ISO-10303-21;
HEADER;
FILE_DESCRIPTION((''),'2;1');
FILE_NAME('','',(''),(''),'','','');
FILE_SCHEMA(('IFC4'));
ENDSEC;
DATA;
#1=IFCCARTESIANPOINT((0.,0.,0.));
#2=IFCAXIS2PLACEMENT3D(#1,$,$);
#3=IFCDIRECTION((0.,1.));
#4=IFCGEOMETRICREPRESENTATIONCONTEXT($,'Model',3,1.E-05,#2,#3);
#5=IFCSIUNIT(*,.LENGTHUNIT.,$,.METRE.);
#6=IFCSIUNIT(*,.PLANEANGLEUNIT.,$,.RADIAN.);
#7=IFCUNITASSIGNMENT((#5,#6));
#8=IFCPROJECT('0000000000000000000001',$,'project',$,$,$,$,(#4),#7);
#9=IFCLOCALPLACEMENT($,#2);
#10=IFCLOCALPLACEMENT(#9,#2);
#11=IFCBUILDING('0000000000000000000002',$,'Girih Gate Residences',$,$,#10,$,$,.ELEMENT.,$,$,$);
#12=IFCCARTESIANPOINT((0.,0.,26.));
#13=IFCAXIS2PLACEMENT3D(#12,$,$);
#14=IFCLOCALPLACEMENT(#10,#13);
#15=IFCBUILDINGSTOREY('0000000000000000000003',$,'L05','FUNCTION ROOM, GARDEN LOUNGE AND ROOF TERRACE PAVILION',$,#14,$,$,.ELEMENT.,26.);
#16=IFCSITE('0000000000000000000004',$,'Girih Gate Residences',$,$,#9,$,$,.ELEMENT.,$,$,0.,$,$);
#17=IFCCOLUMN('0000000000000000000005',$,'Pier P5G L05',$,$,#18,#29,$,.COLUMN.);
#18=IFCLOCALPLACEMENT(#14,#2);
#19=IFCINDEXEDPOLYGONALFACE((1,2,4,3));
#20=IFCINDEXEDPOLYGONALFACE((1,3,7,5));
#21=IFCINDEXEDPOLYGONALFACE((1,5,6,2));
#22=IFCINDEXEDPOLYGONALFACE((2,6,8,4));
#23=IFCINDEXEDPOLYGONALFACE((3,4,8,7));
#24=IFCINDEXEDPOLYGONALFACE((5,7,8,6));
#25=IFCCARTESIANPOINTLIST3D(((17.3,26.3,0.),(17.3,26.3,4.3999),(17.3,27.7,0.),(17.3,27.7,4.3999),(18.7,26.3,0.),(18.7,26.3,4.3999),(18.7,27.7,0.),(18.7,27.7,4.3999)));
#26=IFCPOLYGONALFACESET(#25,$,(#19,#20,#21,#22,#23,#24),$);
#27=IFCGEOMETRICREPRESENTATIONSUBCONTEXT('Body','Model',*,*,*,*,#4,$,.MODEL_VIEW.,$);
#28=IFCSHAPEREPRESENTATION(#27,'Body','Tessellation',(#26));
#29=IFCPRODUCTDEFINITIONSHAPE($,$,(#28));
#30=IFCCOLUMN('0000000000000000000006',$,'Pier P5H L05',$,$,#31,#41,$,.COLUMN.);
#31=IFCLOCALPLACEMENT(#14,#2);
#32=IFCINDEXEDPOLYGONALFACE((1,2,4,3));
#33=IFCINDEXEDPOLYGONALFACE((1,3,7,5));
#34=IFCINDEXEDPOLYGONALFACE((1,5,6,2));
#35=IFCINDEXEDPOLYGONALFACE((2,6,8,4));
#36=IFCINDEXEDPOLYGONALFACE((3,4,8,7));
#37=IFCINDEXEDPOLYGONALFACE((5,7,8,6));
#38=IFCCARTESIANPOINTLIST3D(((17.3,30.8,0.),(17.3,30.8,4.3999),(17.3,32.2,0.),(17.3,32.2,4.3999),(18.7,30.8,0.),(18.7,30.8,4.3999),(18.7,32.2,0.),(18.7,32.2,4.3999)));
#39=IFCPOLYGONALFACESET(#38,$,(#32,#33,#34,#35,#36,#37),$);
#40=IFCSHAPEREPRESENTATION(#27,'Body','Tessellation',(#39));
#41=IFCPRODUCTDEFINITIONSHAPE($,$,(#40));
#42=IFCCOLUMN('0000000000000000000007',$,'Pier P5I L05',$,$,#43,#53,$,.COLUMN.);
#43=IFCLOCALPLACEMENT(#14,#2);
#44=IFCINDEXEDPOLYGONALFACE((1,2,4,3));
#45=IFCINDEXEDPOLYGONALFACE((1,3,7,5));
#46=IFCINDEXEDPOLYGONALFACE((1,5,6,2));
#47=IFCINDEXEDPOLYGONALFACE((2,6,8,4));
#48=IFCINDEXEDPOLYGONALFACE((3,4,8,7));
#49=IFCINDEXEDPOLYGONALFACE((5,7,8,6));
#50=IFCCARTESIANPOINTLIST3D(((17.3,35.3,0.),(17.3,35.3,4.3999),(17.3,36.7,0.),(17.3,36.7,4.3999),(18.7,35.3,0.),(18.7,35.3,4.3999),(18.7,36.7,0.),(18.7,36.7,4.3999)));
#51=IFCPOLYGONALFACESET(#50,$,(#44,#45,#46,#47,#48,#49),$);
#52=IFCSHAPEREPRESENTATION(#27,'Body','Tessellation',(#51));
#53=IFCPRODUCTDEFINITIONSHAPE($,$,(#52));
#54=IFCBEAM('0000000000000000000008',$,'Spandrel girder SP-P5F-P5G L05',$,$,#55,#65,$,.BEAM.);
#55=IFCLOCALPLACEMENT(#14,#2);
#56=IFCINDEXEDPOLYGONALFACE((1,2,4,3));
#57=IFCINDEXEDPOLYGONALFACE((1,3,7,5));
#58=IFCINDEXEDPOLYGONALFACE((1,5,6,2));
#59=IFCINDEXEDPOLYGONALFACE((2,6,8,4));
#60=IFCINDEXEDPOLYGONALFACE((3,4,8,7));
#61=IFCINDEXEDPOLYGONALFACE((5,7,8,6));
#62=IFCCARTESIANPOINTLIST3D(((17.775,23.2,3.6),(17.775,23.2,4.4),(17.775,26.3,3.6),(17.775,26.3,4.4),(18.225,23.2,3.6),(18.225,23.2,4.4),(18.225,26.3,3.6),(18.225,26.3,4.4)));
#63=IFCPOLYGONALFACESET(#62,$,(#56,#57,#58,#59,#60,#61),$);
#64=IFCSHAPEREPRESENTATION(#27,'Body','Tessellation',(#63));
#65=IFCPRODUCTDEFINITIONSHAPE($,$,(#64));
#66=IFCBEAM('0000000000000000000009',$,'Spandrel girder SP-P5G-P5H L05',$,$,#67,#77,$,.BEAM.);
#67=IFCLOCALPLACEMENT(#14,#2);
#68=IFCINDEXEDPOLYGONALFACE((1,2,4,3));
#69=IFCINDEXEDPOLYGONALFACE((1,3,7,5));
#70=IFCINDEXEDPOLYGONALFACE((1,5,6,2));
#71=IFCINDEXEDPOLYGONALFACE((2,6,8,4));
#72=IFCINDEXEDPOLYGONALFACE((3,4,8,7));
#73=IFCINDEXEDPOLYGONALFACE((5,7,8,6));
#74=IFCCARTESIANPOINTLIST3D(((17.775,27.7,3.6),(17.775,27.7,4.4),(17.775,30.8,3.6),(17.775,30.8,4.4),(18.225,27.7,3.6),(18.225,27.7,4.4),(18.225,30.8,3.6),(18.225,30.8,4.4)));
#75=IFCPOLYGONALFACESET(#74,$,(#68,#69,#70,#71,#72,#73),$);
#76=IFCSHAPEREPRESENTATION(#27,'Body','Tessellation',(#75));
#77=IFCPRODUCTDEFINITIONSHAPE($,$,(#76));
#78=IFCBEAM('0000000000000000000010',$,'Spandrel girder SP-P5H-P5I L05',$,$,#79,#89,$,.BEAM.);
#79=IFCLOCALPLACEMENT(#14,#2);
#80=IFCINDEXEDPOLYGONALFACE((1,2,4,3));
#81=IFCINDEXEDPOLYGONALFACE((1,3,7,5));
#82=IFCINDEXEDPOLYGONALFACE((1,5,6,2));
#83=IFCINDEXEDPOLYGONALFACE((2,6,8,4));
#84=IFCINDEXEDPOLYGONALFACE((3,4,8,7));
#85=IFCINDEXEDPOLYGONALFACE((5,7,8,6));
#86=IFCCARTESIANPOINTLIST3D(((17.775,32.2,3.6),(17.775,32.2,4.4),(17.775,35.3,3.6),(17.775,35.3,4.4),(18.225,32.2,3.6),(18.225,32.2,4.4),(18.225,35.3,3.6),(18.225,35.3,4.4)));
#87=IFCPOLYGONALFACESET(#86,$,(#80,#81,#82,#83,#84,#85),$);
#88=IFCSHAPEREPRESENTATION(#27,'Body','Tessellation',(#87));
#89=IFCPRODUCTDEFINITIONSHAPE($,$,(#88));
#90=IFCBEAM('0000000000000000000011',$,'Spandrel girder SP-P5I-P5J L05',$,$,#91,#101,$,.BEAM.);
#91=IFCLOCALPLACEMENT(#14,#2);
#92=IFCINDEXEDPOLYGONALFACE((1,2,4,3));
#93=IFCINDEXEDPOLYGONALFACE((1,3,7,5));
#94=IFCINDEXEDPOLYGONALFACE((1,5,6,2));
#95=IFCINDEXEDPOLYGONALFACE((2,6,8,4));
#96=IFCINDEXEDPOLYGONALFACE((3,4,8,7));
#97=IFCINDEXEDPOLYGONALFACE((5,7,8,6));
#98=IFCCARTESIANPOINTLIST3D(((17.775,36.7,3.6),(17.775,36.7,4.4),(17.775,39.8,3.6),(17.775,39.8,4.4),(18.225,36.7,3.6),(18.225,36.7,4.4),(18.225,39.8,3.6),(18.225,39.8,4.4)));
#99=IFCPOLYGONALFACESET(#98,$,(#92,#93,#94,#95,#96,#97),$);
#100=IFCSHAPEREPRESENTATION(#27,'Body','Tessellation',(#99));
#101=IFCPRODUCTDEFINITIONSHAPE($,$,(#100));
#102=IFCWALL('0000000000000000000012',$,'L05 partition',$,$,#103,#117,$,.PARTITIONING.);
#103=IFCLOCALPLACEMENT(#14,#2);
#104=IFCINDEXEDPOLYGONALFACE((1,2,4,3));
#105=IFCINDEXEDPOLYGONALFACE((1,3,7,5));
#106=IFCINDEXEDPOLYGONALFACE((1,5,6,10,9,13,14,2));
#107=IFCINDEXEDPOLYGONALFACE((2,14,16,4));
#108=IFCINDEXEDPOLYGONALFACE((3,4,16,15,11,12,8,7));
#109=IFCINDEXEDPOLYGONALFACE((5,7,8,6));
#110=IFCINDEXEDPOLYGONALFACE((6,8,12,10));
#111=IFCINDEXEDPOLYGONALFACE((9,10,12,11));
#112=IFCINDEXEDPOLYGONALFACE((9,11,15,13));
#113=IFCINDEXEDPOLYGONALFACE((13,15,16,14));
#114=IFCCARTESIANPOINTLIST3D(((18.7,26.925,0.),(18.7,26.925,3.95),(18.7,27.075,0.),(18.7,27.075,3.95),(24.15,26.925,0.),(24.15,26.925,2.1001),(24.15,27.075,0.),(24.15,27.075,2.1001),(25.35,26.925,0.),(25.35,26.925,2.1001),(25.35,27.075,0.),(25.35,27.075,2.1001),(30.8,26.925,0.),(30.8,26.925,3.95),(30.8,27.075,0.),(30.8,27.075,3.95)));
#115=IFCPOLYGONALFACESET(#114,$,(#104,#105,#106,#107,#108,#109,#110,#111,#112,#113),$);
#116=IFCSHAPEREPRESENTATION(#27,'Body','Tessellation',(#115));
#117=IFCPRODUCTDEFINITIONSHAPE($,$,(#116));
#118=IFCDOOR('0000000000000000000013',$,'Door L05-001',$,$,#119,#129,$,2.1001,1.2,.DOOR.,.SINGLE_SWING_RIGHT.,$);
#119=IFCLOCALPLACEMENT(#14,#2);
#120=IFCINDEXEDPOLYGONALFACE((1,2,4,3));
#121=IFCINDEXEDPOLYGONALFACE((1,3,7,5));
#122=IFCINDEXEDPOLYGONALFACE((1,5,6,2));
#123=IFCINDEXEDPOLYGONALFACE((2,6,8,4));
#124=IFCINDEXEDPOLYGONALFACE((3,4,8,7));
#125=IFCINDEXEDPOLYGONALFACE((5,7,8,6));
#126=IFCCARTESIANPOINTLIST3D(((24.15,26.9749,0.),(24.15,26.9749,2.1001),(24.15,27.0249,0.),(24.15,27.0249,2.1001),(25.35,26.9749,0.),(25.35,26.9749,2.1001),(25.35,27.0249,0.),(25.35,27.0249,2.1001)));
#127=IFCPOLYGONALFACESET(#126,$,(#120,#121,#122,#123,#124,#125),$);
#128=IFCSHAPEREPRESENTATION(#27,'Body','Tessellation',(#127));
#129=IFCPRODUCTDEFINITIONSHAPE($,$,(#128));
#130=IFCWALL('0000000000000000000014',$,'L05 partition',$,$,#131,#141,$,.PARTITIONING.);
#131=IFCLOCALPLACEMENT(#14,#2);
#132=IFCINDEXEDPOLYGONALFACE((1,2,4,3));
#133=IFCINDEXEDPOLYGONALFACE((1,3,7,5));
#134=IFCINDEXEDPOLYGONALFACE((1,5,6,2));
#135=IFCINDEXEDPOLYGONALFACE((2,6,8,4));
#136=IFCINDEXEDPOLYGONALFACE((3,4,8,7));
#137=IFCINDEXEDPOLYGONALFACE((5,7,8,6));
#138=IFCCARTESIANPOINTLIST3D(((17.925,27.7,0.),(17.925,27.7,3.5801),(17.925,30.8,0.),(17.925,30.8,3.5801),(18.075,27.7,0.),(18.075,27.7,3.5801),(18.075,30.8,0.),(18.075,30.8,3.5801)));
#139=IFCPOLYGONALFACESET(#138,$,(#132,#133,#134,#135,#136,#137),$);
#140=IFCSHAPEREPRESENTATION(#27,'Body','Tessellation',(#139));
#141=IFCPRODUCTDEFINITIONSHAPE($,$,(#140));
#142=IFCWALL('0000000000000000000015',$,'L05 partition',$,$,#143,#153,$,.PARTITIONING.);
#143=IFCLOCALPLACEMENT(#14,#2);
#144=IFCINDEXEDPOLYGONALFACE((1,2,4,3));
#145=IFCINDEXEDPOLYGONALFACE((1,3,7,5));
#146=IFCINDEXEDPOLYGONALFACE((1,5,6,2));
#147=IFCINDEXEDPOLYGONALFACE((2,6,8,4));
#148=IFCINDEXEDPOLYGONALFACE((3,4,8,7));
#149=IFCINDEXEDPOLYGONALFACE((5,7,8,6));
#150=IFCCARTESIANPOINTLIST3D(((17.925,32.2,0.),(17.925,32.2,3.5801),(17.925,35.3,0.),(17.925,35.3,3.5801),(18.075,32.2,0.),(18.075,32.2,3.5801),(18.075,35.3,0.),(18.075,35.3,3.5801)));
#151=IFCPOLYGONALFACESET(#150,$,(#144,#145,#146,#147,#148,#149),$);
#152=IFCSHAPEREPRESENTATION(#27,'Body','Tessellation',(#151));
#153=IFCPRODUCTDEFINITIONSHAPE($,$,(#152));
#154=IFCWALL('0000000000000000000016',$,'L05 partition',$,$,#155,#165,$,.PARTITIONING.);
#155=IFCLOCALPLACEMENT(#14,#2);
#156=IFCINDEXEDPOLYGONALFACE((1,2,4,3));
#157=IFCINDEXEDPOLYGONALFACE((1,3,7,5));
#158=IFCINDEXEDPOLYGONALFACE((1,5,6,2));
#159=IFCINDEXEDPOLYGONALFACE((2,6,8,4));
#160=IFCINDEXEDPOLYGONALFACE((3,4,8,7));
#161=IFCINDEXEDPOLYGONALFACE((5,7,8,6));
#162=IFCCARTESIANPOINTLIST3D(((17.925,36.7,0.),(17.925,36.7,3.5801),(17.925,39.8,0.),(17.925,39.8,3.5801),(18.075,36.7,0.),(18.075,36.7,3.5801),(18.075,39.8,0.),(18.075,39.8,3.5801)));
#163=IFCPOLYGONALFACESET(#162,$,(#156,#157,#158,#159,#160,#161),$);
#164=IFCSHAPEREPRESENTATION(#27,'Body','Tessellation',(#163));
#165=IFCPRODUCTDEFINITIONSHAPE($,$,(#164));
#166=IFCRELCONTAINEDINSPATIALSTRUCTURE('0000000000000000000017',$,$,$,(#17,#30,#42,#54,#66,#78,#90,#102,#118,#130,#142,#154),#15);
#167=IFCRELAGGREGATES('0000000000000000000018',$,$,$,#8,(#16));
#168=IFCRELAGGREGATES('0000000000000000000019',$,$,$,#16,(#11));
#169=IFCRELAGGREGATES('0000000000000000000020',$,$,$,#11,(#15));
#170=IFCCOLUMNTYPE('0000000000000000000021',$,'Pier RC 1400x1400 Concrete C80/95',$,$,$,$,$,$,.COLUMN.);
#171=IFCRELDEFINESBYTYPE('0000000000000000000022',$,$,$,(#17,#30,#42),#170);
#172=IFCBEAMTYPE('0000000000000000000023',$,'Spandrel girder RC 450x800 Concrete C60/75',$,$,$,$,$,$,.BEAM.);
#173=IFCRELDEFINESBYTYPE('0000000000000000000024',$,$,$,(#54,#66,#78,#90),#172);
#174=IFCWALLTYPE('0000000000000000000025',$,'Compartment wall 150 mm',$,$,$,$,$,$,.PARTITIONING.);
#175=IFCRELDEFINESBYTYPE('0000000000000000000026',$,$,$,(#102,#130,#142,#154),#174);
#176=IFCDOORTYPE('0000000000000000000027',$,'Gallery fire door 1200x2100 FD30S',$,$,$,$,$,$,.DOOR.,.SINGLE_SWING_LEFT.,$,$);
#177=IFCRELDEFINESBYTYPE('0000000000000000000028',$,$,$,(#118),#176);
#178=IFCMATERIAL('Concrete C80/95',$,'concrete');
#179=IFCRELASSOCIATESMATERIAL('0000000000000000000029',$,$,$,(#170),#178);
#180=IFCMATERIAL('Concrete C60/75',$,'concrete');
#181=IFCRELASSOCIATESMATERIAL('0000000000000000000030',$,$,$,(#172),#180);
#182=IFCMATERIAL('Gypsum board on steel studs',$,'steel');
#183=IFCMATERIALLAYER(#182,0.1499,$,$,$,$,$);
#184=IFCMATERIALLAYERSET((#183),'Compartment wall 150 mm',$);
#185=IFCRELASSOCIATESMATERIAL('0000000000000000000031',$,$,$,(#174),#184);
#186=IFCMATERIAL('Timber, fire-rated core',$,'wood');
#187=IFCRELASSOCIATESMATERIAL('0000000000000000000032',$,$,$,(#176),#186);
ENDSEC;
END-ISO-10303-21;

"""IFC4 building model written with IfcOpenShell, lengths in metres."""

from ifc_helpers import new_model, si_unit, direction, frame, frame_2d, origin, origin_2d, place, context, subcontext, project, spatial, rectangle, extrude, material, layer, layer_set, material_profile, profile_set, type_object, element, fill, save


model = new_model("IFC4")

# Units and contexts
model_context = context("Model", 3, precision=1e-05, world=origin(), true_north=direction((0.0, 1.0)))
body_context = subcontext(model_context, "Body", "Model", "MODEL_VIEW")
ifc_project = project(units=[si_unit("LENGTHUNIT", "METRE"), si_unit("PLANEANGLEUNIT", "RADIAN")], contexts=[model_context])

# Site, building, storey
site_placement = place(None, origin())
site = spatial("IfcSite", under=ifc_project, at=site_placement, Name="Girih Gate Residences", CompositionType="ELEMENT", RefElevation=0.0)
building_placement = place(site_placement, origin())
building = spatial("IfcBuilding", under=site, at=building_placement, Name="Girih Gate Residences", CompositionType="ELEMENT")
storey_placement = place(building_placement, frame((0.0, 0.0, 26.0)))
storey = spatial("IfcBuildingStorey", under=building, at=storey_placement, Name="L05", Description="FUNCTION ROOM, GARDEN LOUNGE AND ROOF TERRACE PAVILION", CompositionType="ELEMENT", Elevation=26.0)

# Columns
ifc_material_1 = material(Name="Concrete C80/95", Category="concrete")
ifc_material_profile_1 = material_profile(ifc_material_1, rectangle(XDim=1.3999, YDim=1.3999, at=origin_2d()))
ifc_profile_set_1 = profile_set([ifc_material_profile_1], Name="Concrete C80/95")
column_type = type_object("IfcColumnType", Name="Pier RC 1400x1400 Concrete C80/95", PredefinedType="COLUMN", material=ifc_profile_set_1)
for number, where, z_axis, x_axis, name in (
    (1, (18.0, 27.0, 0.0), (0.0, 0.0, 1.0), (1.0, 0.0, 0.0), "Pier P5G L05"),
    (2, (18.0, 31.5, 0.0), (0.0, 0.0, 1.0), (1.0, 0.0, 0.0), "Pier P5H L05"),
    (3, (18.0, 36.0, 0.0), (0.0, 0.0, 1.0), (1.0, 0.0, 0.0), "Pier P5I L05"),
):
    element("IfcColumn", number, at=place(storey_placement, frame(where, z_axis=z_axis, x_axis=x_axis)), inside=storey, type_object=column_type, Name=name, PredefinedType="COLUMN", context=body_context, shape_type="SweptSolid", body=[
        extrude(rectangle(XDim=1.3999, YDim=1.3999, at=origin_2d()), origin(), (0.0, 0.0, 1.0), 4.3999),
    ])

# Beams
ifc_material_2 = material(Name="Concrete C60/75", Category="concrete")
ifc_material_profile_2 = material_profile(ifc_material_2, rectangle(XDim=0.45, YDim=0.8, at=origin_2d()))
ifc_profile_set_2 = profile_set([ifc_material_profile_2], Name="Concrete C60/75")
beam_type = type_object("IfcBeamType", Name="Spandrel girder RC 450x800 Concrete C60/75", PredefinedType="BEAM", material=ifc_profile_set_2)
for number, where, z_axis, x_axis, name in (
    (4, (18.0, 23.2, 4.0), (0.0, 1.0, 0.0), (-1.0, 0.0, 0.0), "Spandrel girder SP-P5F-P5G L05"),
    (5, (18.0, 27.7, 4.0), (0.0, 1.0, 0.0), (-1.0, 0.0, 0.0), "Spandrel girder SP-P5G-P5H L05"),
    (6, (18.0, 32.2, 4.0), (0.0, 1.0, 0.0), (-1.0, 0.0, 0.0), "Spandrel girder SP-P5H-P5I L05"),
    (7, (18.0, 36.7, 4.0), (0.0, 1.0, 0.0), (-1.0, 0.0, 0.0), "Spandrel girder SP-P5I-P5J L05"),
):
    element("IfcBeam", number, at=place(storey_placement, frame(where, z_axis=z_axis, x_axis=x_axis)), inside=storey, type_object=beam_type, Name=name, PredefinedType="BEAM", context=body_context, shape_type="SweptSolid", body=[
        extrude(rectangle(XDim=0.45, YDim=0.8, at=origin_2d()), origin(), (0.0, 0.0, 1.0), 3.1001),
    ])

# Wall, opening, door
ifc_material_3 = material(Name="Gypsum board on steel studs", Category="steel")
ifc_layer_1 = layer(ifc_material_3, 0.1499)
ifc_layer_set_1 = layer_set([ifc_layer_1], Name="Compartment wall 150 mm")
wall_type_1 = type_object("IfcWallType", Name="Compartment wall 150 mm", PredefinedType="PARTITIONING", material=ifc_layer_set_1)
wall_1_placement = place(storey_placement, frame((18.7, 27.0, 0.0), z_axis=(0.0, 0.0, 1.0), x_axis=(1.0, 0.0, 0.0)))
wall_1 = element("IfcWall", 8, at=wall_1_placement, inside=storey, type_object=wall_type_1, Name="L05 partition", PredefinedType="PARTITIONING", context=body_context, shape_type="SweptSolid", body=[
    extrude(rectangle(XDim=12.1001, YDim=0.1499, at=frame_2d((6.05, 0.0))), origin(), (0.0, 0.0, 1.0), 3.95),
])
opening_1_placement = place(wall_1_placement, frame((5.45, 0.0, 0.0)))
opening_1 = element("IfcOpeningElement", 9, at=opening_1_placement, cuts=wall_1, PredefinedType="OPENING", context=body_context, shape_type="SweptSolid", body=[
    extrude(rectangle(XDim=1.2, YDim=2.1001, at=frame_2d((0.6001, 1.05))), frame((0.0, 0.085, 0.0), z_axis=(0.0, -1.0, 0.0), x_axis=(1.0, 0.0, 0.0)), (0.0, 0.0, 1.0), 0.1699),
])
ifc_material_4 = material(Name="Timber, fire-rated core", Category="wood")
door_type_1 = type_object("IfcDoorType", Name="Gallery fire door 1200x2100 FD30S", OperationType="SINGLE_SWING_LEFT", PredefinedType="DOOR", material=ifc_material_4)
door_1_placement = place(opening_1_placement, origin())
door_1 = element("IfcDoor", 10, at=door_1_placement, inside=storey, type_object=door_type_1, Name="Door L05-001", OperationType="SINGLE_SWING_RIGHT", OverallHeight=2.1001, OverallWidth=1.2, PredefinedType="DOOR", context=body_context, shape_type="SweptSolid", body=[
    extrude(rectangle(XDim=1.2, YDim=2.1001, at=frame_2d((0.6001, 1.05))), frame((0.0, 0.0249, 0.0), z_axis=(0.0, -1.0, 0.0), x_axis=(1.0, 0.0, 0.0)), (0.0, 0.0, 1.0), 0.05),
])
fill(opening_1, door_1)

# Walls
for number, where, z_axis, x_axis, name in (
    (11, (18.0, 27.7, 0.0), (0.0, 0.0, 1.0), (0.0, 1.0, 0.0), "L05 partition"),
    (12, (18.0, 32.2, 0.0), (0.0, 0.0, 1.0), (0.0, 1.0, 0.0), "L05 partition"),
    (13, (18.0, 36.7, 0.0), (0.0, 0.0, 1.0), (0.0, 1.0, 0.0), "L05 partition"),
):
    element("IfcWall", number, at=place(storey_placement, frame(where, z_axis=z_axis, x_axis=x_axis)), inside=storey, type_object=wall_type_1, Name=name, PredefinedType="PARTITIONING", context=body_context, shape_type="SweptSolid", body=[
        extrude(rectangle(XDim=3.1001, YDim=0.1499, at=frame_2d((1.55, 0.0))), origin(), (0.0, 0.0, 1.0), 3.5801),
    ])

save(model, "model.ifc")
